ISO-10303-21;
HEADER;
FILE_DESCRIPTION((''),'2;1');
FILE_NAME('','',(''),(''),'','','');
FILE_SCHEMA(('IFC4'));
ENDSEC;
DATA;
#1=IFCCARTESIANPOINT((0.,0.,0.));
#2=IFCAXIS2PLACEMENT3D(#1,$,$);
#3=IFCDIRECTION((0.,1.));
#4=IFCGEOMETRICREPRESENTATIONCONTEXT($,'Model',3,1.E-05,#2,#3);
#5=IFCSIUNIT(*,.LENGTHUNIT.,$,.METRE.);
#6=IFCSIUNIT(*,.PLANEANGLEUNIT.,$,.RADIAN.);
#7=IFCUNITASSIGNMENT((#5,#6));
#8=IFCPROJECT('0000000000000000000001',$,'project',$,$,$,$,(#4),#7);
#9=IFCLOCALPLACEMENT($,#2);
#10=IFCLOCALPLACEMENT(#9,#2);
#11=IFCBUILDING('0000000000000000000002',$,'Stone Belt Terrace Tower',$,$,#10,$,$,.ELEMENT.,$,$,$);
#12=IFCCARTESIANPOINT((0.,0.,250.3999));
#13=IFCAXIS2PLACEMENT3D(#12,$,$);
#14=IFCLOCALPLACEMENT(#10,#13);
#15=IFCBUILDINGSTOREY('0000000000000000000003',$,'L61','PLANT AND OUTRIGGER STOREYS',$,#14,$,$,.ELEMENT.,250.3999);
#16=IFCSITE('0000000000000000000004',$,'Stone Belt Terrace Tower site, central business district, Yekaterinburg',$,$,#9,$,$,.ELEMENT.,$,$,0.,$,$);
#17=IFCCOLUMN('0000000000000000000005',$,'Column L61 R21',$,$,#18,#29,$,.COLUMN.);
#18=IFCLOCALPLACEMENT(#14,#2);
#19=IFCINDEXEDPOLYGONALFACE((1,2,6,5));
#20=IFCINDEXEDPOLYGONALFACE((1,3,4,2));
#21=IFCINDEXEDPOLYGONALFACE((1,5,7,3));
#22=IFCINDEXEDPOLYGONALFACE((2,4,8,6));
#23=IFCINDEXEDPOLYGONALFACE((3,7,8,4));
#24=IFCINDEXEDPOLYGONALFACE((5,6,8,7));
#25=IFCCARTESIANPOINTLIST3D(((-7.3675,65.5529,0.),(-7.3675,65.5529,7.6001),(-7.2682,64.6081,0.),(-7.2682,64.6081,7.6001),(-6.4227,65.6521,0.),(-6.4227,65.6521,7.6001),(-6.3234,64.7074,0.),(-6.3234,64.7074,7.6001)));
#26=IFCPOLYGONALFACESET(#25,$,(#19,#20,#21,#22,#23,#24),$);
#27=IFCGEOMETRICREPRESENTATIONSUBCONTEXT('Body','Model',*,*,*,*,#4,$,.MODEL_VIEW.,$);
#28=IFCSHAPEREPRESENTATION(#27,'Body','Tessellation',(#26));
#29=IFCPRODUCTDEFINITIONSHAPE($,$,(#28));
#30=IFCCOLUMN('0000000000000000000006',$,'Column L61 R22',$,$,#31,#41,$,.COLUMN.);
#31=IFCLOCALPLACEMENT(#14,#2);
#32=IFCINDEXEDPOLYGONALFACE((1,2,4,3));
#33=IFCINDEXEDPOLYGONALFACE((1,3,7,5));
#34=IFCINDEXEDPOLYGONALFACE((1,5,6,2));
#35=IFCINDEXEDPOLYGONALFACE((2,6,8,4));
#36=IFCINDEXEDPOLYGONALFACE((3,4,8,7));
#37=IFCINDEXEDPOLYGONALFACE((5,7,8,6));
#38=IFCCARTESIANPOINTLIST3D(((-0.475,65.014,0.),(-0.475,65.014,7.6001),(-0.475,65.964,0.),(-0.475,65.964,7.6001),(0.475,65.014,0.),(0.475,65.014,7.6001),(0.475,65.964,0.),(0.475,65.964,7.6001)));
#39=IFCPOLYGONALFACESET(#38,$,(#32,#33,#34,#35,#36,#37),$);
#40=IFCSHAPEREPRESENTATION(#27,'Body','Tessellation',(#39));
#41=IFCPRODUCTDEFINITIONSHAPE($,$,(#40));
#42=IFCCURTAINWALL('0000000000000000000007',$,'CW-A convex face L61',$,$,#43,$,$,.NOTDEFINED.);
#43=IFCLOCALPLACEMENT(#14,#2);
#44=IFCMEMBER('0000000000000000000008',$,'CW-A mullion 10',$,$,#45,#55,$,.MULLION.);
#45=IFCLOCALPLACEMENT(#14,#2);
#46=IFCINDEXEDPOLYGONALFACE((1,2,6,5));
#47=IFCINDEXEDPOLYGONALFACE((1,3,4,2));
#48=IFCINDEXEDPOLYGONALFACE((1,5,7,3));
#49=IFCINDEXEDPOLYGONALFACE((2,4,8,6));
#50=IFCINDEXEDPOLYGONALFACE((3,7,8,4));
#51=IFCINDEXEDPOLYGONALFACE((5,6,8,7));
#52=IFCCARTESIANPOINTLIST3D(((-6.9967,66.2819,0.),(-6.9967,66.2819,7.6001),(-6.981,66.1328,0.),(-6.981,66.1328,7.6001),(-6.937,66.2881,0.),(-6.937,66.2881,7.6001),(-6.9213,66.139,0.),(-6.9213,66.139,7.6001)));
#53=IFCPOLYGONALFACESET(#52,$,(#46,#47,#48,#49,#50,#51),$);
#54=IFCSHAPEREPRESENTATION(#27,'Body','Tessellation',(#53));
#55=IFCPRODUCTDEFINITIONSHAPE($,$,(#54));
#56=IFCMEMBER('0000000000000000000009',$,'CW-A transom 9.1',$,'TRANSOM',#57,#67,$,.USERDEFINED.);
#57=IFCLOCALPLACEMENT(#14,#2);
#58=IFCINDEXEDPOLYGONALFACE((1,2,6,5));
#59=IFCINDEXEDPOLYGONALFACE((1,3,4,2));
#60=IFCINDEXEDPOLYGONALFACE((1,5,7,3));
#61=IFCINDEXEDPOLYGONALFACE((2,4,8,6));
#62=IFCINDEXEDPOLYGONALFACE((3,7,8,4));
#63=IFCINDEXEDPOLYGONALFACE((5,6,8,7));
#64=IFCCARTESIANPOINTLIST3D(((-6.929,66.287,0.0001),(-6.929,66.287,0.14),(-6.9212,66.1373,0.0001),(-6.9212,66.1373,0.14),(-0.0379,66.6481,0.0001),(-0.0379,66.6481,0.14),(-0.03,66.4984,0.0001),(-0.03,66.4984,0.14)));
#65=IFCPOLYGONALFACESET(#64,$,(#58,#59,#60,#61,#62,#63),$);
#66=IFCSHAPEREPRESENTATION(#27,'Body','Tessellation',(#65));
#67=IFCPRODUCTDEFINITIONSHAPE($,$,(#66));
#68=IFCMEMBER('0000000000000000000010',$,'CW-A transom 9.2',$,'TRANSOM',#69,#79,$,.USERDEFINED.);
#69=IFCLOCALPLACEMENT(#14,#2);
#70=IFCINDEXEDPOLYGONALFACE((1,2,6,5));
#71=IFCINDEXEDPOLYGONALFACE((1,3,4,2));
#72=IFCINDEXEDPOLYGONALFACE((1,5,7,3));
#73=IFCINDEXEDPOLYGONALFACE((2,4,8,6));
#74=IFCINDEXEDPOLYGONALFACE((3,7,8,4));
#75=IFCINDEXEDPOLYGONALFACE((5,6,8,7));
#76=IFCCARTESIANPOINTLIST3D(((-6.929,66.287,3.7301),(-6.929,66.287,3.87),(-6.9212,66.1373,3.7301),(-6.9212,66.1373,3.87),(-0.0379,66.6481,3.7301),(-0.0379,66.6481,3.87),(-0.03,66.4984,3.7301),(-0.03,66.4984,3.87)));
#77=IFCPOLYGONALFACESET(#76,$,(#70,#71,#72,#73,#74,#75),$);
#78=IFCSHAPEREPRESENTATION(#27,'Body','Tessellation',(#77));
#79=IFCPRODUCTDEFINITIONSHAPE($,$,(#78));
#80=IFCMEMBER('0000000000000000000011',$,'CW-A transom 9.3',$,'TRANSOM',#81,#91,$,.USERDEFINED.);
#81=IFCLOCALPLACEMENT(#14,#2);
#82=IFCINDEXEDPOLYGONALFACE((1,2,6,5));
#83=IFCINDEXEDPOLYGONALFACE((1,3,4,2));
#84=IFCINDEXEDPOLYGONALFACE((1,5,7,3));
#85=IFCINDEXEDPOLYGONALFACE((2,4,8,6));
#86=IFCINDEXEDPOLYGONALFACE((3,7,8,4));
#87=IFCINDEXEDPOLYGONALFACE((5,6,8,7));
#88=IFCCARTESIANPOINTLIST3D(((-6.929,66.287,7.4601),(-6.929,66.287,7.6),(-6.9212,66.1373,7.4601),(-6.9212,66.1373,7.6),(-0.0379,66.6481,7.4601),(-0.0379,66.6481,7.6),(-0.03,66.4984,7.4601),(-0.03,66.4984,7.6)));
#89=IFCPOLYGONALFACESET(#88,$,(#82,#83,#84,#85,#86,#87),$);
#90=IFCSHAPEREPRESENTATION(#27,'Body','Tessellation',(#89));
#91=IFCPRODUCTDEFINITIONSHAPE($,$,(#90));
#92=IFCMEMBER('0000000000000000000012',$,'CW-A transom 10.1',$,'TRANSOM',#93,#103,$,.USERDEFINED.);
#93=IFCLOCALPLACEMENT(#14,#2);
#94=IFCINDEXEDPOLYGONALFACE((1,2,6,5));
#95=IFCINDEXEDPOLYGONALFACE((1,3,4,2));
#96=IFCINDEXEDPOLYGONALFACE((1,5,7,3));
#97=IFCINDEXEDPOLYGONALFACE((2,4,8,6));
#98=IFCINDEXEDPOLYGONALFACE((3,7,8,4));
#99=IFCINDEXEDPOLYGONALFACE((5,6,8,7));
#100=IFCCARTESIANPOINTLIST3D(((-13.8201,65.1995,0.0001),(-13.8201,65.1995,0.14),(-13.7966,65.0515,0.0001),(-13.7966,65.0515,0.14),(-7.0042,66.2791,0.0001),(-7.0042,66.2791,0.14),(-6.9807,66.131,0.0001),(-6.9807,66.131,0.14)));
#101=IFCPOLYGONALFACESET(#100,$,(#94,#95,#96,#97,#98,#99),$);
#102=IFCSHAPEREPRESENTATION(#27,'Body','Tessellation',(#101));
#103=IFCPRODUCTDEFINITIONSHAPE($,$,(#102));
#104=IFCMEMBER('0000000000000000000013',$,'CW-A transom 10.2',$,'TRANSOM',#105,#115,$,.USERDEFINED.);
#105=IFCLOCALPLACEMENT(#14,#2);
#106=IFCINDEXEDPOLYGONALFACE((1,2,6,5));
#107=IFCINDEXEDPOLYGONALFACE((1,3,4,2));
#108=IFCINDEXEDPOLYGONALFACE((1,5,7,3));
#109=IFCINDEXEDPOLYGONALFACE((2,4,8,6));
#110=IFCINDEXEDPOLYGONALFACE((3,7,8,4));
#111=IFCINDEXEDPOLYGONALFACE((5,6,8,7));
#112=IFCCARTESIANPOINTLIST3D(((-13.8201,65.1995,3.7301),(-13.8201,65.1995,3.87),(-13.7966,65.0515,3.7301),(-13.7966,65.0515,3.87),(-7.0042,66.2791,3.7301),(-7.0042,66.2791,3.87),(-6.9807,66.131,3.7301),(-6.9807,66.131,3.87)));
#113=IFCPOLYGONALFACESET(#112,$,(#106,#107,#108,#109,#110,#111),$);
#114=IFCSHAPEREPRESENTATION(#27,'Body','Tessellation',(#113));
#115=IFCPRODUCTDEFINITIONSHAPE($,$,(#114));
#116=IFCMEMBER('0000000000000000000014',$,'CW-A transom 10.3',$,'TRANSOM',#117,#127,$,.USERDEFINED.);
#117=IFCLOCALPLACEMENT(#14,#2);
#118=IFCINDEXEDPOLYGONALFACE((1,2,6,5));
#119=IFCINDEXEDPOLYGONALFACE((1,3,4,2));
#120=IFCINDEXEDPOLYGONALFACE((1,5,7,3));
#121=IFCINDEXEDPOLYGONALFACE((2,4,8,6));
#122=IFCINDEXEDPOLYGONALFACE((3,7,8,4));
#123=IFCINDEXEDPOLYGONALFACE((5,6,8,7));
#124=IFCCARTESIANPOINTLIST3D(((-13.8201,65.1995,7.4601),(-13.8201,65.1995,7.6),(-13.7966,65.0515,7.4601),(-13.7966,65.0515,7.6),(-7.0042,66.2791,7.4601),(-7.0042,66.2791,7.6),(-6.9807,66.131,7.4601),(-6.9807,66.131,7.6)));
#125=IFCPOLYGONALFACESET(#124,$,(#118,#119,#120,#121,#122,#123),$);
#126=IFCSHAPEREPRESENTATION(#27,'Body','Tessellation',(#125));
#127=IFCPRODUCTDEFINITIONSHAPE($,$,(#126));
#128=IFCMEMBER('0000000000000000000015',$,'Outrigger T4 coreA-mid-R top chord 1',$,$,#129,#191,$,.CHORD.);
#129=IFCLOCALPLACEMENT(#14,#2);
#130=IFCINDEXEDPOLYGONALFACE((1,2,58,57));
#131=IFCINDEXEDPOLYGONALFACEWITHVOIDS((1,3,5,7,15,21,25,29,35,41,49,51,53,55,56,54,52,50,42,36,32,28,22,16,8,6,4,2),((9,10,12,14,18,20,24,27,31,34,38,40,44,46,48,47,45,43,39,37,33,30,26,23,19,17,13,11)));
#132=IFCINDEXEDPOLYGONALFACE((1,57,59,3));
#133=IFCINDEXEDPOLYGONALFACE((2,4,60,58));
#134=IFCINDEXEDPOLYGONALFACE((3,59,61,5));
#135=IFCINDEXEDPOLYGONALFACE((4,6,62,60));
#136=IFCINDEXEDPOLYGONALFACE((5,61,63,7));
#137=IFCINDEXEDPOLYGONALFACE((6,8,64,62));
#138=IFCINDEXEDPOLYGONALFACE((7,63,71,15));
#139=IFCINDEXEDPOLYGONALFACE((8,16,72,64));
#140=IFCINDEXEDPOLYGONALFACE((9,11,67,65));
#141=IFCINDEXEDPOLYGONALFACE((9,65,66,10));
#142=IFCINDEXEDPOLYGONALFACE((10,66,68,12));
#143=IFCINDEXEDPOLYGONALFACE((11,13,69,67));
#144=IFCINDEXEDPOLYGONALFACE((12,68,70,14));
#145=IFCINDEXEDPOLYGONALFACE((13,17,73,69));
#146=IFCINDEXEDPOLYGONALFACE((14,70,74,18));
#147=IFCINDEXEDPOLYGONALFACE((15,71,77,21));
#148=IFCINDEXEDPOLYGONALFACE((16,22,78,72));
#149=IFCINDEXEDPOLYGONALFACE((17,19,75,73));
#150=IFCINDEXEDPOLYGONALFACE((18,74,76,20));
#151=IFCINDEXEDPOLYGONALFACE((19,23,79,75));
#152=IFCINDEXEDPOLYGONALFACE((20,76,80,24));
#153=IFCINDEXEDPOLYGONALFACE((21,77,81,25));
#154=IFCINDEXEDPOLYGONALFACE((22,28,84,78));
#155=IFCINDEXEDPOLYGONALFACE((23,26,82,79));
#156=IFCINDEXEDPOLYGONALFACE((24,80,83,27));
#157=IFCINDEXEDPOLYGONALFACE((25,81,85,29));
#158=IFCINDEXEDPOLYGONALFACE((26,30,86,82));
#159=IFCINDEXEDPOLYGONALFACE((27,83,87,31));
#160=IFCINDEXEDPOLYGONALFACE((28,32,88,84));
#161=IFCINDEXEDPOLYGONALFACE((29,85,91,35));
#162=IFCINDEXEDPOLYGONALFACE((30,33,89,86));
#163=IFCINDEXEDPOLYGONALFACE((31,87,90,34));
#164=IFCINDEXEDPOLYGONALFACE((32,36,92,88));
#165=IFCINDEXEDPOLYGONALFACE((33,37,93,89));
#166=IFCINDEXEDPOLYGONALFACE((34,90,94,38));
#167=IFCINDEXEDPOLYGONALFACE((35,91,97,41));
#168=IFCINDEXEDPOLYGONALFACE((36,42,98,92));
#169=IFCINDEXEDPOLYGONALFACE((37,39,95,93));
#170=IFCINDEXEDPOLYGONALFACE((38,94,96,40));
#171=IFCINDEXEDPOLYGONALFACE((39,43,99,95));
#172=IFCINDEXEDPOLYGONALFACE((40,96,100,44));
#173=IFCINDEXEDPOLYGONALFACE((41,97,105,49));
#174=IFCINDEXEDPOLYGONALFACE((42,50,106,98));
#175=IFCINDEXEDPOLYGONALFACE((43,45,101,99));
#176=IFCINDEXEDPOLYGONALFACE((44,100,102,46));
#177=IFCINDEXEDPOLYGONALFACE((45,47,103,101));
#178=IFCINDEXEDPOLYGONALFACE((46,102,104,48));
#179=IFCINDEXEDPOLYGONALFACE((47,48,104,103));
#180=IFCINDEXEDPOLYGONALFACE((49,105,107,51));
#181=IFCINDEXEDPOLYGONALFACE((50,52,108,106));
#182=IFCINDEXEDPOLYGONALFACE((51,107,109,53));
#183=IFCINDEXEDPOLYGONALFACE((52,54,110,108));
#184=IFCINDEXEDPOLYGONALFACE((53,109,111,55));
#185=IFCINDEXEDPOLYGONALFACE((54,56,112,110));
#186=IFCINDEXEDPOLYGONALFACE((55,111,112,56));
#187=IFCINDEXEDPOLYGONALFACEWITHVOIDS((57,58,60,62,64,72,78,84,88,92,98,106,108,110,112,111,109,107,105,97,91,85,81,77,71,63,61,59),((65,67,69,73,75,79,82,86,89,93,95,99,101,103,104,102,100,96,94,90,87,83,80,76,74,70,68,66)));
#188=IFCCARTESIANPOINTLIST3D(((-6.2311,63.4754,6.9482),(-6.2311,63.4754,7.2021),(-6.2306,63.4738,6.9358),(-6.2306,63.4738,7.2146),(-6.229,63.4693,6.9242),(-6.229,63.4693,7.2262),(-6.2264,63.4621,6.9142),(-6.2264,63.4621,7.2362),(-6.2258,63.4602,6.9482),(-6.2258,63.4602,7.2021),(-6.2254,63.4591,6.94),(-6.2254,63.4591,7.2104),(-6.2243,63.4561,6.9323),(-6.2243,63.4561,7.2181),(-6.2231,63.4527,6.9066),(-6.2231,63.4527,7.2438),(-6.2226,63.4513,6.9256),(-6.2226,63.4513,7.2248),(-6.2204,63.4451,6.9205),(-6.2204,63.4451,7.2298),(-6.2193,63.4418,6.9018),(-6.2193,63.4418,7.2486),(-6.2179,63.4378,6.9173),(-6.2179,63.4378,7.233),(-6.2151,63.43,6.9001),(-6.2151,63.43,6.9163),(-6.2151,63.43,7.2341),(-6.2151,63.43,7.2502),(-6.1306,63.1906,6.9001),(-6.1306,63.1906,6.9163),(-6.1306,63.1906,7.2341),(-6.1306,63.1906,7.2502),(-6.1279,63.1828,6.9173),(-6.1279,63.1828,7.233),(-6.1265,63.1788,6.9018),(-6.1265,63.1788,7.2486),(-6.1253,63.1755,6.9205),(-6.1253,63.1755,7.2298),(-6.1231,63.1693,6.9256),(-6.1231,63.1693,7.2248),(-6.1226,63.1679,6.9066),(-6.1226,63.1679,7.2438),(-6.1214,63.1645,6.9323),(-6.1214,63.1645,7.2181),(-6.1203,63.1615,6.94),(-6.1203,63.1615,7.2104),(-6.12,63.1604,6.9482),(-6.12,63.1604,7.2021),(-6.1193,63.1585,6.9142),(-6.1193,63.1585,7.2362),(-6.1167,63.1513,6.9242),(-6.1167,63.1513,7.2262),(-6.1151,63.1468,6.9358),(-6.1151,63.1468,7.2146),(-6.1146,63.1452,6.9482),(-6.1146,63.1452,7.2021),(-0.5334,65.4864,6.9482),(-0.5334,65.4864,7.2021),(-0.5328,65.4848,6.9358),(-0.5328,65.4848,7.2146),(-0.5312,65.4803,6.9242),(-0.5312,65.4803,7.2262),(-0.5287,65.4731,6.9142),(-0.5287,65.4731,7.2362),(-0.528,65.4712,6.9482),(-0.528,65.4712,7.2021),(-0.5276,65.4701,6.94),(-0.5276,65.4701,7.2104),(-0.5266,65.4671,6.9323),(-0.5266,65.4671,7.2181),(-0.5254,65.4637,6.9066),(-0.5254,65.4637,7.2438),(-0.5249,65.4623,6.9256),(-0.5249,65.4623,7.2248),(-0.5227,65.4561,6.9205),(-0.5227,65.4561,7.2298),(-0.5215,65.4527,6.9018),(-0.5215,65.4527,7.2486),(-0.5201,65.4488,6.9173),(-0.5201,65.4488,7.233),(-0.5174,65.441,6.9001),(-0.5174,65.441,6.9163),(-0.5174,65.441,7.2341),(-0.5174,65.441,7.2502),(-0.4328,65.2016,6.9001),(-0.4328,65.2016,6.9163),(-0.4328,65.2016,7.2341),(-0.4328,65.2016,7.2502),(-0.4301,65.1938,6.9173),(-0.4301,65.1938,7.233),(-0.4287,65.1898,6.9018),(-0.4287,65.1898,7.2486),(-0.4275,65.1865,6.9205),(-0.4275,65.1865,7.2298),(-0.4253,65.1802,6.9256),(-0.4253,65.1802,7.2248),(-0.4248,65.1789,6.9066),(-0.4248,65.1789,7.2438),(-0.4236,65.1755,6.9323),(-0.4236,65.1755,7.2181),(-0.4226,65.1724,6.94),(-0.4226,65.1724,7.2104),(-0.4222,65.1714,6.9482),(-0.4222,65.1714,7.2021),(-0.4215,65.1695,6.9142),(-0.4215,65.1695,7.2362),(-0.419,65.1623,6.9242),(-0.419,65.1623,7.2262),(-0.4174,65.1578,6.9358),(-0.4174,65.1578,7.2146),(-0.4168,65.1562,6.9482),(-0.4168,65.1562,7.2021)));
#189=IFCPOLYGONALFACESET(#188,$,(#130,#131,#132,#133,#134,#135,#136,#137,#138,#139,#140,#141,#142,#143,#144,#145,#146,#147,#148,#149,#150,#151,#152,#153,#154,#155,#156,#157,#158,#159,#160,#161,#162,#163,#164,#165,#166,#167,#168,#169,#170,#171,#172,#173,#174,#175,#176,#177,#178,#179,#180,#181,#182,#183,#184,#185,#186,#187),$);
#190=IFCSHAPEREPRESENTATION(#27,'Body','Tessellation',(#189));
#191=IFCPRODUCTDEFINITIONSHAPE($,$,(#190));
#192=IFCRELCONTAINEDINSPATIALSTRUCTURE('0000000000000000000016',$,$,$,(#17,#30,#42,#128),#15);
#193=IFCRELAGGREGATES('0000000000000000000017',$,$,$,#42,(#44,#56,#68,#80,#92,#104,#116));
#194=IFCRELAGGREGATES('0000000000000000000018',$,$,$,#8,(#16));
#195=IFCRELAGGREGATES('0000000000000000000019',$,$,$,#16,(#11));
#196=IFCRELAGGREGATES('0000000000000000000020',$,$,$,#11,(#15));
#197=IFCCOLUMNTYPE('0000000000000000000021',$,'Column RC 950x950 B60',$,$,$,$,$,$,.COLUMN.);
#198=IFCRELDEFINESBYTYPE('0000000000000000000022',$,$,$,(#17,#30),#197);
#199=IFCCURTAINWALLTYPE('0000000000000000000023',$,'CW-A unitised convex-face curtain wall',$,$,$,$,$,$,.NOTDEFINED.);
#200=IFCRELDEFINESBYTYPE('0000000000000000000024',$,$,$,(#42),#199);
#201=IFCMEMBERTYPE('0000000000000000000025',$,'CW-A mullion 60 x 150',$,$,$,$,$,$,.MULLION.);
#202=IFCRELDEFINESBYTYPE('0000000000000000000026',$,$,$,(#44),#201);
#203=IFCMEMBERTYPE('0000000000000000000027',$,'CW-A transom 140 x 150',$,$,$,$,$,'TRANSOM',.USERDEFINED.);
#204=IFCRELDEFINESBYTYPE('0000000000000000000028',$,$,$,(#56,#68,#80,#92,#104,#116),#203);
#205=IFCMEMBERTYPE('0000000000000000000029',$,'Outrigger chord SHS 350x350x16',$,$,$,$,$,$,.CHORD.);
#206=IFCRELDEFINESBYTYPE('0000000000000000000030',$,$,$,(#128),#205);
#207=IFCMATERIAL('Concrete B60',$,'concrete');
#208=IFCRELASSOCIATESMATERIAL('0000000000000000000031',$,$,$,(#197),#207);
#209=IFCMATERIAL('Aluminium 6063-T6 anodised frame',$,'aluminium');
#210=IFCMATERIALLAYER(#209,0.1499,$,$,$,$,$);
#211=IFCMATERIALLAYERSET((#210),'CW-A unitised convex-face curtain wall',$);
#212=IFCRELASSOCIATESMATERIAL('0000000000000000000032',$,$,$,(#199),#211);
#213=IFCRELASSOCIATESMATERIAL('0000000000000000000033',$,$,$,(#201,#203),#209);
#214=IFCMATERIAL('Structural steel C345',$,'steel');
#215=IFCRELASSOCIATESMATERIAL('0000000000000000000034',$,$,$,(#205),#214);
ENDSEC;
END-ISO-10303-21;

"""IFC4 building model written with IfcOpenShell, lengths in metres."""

from ifc_helpers import new_model, si_unit, direction, frame, origin, origin_2d, place, context, subcontext, project, spatial, rectangle, hollow_rectangle, extrude, material, layer, layer_set, material_profile, profile_set, type_object, element, aggregate, save


model = new_model("IFC4")

# Units and contexts
model_context = context("Model", 3, precision=1e-05, world=origin(), true_north=direction((0.0, 1.0)))
body_context = subcontext(model_context, "Body", "Model", "MODEL_VIEW")
ifc_project = project(units=[si_unit("LENGTHUNIT", "METRE"), si_unit("PLANEANGLEUNIT", "RADIAN")], contexts=[model_context])

# Site, building, storey
site_placement = place(None, origin())
site = spatial("IfcSite", under=ifc_project, at=site_placement, Name="Stone Belt Terrace Tower site, central business district, Yekaterinburg", CompositionType="ELEMENT", RefElevation=0.0)
building_placement = place(site_placement, origin())
building = spatial("IfcBuilding", under=site, at=building_placement, Name="Stone Belt Terrace Tower", CompositionType="ELEMENT")
storey_placement = place(building_placement, frame((0.0, 0.0, 250.3999)))
storey = spatial("IfcBuildingStorey", under=building, at=storey_placement, Name="L61", Description="PLANT AND OUTRIGGER STOREYS", CompositionType="ELEMENT", Elevation=250.3999)

# Columns
ifc_material_1 = material(Name="Concrete B60", Category="concrete")
ifc_material_profile_1 = material_profile(ifc_material_1, rectangle(XDim=0.95, YDim=0.95, at=origin_2d()), Name="RC 950x950")
ifc_profile_set_1 = profile_set([ifc_material_profile_1], Name="Concrete B60")
column_type = type_object("IfcColumnType", Name="Column RC 950x950 B60", PredefinedType="COLUMN", material=ifc_profile_set_1)
for number, where, z_axis, x_axis, name in (
    (1, (-6.8455, 65.1301, 0.0), (0.0, 0.0, 1.0), (0.994522, 0.104528, 0.0), "Column L61 R21"),
    (2, (0.0, 65.489, 0.0), (0.0, 0.0, 1.0), (1.0, 0.0, 0.0), "Column L61 R22"),
):
    element("IfcColumn", number, at=place(storey_placement, frame(where, z_axis=z_axis, x_axis=x_axis)), inside=storey, type_object=column_type, Name=name, PredefinedType="COLUMN", context=body_context, shape_type="SweptSolid", body=[
        extrude(rectangle(XDim=0.95, YDim=0.95, at=origin_2d()), origin(), (0.0, 0.0, 1.0), 7.6001),
    ])

# Curtain wall, members
ifc_material_2 = material(Name="Aluminium 6063-T6 anodised frame", Category="aluminium")
ifc_layer_1 = layer(ifc_material_2, 0.1499)
ifc_layer_set_1 = layer_set([ifc_layer_1], Name="CW-A unitised convex-face curtain wall")
curtain_wall_type = type_object("IfcCurtainWallType", Name="CW-A unitised convex-face curtain wall", PredefinedType="NOTDEFINED", material=ifc_layer_set_1)
curtain_wall_placement = place(storey_placement, origin())
curtain_wall = element("IfcCurtainWall", 3, at=curtain_wall_placement, inside=storey, type_object=curtain_wall_type, Name="CW-A convex face L61", PredefinedType="NOTDEFINED")
ifc_material_profile_2 = material_profile(ifc_material_2, rectangle(XDim=0.1499, YDim=0.0601, at=origin_2d()), Name="Aluminium 6063-T6 60x150")
ifc_profile_set_2 = profile_set([ifc_material_profile_2], Name="Aluminium 6063-T6 anodised frame")
member_type_1 = type_object("IfcMemberType", Name="CW-A mullion 60 x 150", PredefinedType="MULLION", material=ifc_profile_set_2)
member_1_placement = place(storey_placement, frame((-6.959, 66.2104, 0.0), z_axis=(0.0, 0.0, 1.0), x_axis=(0.104528, -0.994522, 0.0)))
member_1 = element("IfcMember", 4, at=member_1_placement, type_object=member_type_1, Name="CW-A mullion 10", PredefinedType="MULLION", context=body_context, shape_type="SweptSolid", body=[
    extrude(rectangle(XDim=0.1499, YDim=0.0601, at=origin_2d()), origin(), (0.0, 0.0, 1.0), 7.6001),
])
ifc_material_profile_3 = material_profile(ifc_material_2, rectangle(XDim=0.1499, YDim=0.1399, at=origin_2d()), Name="Aluminium 6063-T6 150x140")
ifc_profile_set_3 = profile_set([ifc_material_profile_3], Name="Aluminium 6063-T6 anodised frame")
member_type_2 = type_object("IfcMemberType", Name="CW-A transom 140 x 150", ElementType="TRANSOM", PredefinedType="USERDEFINED", material=ifc_profile_set_3)
member_2_placement = place(storey_placement, frame((-0.0339, 66.5732, 0.0701), z_axis=(-0.99863, -0.052327, 0.0), x_axis=(0.052327, -0.99863, 0.0)))
member_2 = element("IfcMember", 5, at=member_2_placement, type_object=member_type_2, Name="CW-A transom 9.1", ObjectType="TRANSOM", PredefinedType="USERDEFINED", context=body_context, shape_type="SweptSolid", body=[
    extrude(rectangle(XDim=0.1499, YDim=0.1399, at=origin_2d()), origin(), (0.0, 0.0, 1.0), 6.9006),
])
member_3_placement = place(storey_placement, frame((-0.0339, 66.5732, 3.8), z_axis=(-0.99863, -0.052327, 0.0), x_axis=(0.052327, -0.99863, 0.0)))
member_3 = element("IfcMember", 6, at=member_3_placement, type_object=member_type_2, Name="CW-A transom 9.2", ObjectType="TRANSOM", PredefinedType="USERDEFINED", context=body_context, shape_type="SweptSolid", body=[
    extrude(rectangle(XDim=0.1499, YDim=0.1399, at=origin_2d()), origin(), (0.0, 0.0, 1.0), 6.9006),
])
member_4_placement = place(storey_placement, frame((-0.0339, 66.5732, 7.53), z_axis=(-0.99863, -0.052327, 0.0), x_axis=(0.052327, -0.99863, 0.0)))
member_4 = element("IfcMember", 7, at=member_4_placement, type_object=member_type_2, Name="CW-A transom 9.3", ObjectType="TRANSOM", PredefinedType="USERDEFINED", context=body_context, shape_type="SweptSolid", body=[
    extrude(rectangle(XDim=0.1499, YDim=0.1399, at=origin_2d()), origin(), (0.0, 0.0, 1.0), 6.9006),
])
member_5_placement = place(storey_placement, frame((-6.9924, 66.2051, 0.0701), z_axis=(-0.987687, -0.156442, 0.0), x_axis=(0.156442, -0.987687, 0.0)))
member_5 = element("IfcMember", 8, at=member_5_placement, type_object=member_type_2, Name="CW-A transom 10.1", ObjectType="TRANSOM", PredefinedType="USERDEFINED", context=body_context, shape_type="SweptSolid", body=[
    extrude(rectangle(XDim=0.1499, YDim=0.1399, at=origin_2d()), origin(), (0.0, 0.0, 1.0), 6.9009),
])
member_6_placement = place(storey_placement, frame((-6.9924, 66.2051, 3.8), z_axis=(-0.987687, -0.156442, 0.0), x_axis=(0.156442, -0.987687, 0.0)))
member_6 = element("IfcMember", 9, at=member_6_placement, type_object=member_type_2, Name="CW-A transom 10.2", ObjectType="TRANSOM", PredefinedType="USERDEFINED", context=body_context, shape_type="SweptSolid", body=[
    extrude(rectangle(XDim=0.1499, YDim=0.1399, at=origin_2d()), origin(), (0.0, 0.0, 1.0), 6.9009),
])
member_7_placement = place(storey_placement, frame((-6.9924, 66.2051, 7.53), z_axis=(-0.987687, -0.156442, 0.0), x_axis=(0.156442, -0.987687, 0.0)))
member_7 = element("IfcMember", 10, at=member_7_placement, type_object=member_type_2, Name="CW-A transom 10.3", ObjectType="TRANSOM", PredefinedType="USERDEFINED", context=body_context, shape_type="SweptSolid", body=[
    extrude(rectangle(XDim=0.1499, YDim=0.1399, at=origin_2d()), origin(), (0.0, 0.0, 1.0), 6.9009),
])

# Member
ifc_material_3 = material(Name="Structural steel C345", Category="steel")
ifc_material_profile_4 = material_profile(ifc_material_3, hollow_rectangle(XDim=0.3501, YDim=0.3501, WallThickness=0.0161, InnerFilletRadius=0.032, OuterFilletRadius=0.0481, at=origin_2d()), Name="SHS 350x350x16")
ifc_profile_set_4 = profile_set([ifc_material_profile_4], Name="Structural steel C345")
member_type_3 = type_object("IfcMemberType", Name="Outrigger chord SHS 350x350x16", PredefinedType="CHORD", material=ifc_profile_set_4)
for number, where, z_axis, x_axis, name in (
    (11, (-0.4751, 65.3213, 7.0752), (-0.94299, -0.332822, 0.0), (0.332822, -0.94299, 0.0), "Outrigger T4 coreA-mid-R top chord 1"),
):
    element("IfcMember", number, at=place(storey_placement, frame(where, z_axis=z_axis, x_axis=x_axis)), inside=storey, type_object=member_type_3, Name=name, PredefinedType="CHORD", context=body_context, shape_type="SweptSolid", body=[
        extrude(hollow_rectangle(XDim=0.3501, YDim=0.3501, WallThickness=0.0161, InnerFilletRadius=0.032, OuterFilletRadius=0.0481, at=origin_2d()), origin(), (0.0, 0.0, 1.0), 6.0422),
    ])

aggregate(curtain_wall, [member_1, member_2, member_3, member_4, member_5, member_6, member_7])

save(model, "model.ifc")
